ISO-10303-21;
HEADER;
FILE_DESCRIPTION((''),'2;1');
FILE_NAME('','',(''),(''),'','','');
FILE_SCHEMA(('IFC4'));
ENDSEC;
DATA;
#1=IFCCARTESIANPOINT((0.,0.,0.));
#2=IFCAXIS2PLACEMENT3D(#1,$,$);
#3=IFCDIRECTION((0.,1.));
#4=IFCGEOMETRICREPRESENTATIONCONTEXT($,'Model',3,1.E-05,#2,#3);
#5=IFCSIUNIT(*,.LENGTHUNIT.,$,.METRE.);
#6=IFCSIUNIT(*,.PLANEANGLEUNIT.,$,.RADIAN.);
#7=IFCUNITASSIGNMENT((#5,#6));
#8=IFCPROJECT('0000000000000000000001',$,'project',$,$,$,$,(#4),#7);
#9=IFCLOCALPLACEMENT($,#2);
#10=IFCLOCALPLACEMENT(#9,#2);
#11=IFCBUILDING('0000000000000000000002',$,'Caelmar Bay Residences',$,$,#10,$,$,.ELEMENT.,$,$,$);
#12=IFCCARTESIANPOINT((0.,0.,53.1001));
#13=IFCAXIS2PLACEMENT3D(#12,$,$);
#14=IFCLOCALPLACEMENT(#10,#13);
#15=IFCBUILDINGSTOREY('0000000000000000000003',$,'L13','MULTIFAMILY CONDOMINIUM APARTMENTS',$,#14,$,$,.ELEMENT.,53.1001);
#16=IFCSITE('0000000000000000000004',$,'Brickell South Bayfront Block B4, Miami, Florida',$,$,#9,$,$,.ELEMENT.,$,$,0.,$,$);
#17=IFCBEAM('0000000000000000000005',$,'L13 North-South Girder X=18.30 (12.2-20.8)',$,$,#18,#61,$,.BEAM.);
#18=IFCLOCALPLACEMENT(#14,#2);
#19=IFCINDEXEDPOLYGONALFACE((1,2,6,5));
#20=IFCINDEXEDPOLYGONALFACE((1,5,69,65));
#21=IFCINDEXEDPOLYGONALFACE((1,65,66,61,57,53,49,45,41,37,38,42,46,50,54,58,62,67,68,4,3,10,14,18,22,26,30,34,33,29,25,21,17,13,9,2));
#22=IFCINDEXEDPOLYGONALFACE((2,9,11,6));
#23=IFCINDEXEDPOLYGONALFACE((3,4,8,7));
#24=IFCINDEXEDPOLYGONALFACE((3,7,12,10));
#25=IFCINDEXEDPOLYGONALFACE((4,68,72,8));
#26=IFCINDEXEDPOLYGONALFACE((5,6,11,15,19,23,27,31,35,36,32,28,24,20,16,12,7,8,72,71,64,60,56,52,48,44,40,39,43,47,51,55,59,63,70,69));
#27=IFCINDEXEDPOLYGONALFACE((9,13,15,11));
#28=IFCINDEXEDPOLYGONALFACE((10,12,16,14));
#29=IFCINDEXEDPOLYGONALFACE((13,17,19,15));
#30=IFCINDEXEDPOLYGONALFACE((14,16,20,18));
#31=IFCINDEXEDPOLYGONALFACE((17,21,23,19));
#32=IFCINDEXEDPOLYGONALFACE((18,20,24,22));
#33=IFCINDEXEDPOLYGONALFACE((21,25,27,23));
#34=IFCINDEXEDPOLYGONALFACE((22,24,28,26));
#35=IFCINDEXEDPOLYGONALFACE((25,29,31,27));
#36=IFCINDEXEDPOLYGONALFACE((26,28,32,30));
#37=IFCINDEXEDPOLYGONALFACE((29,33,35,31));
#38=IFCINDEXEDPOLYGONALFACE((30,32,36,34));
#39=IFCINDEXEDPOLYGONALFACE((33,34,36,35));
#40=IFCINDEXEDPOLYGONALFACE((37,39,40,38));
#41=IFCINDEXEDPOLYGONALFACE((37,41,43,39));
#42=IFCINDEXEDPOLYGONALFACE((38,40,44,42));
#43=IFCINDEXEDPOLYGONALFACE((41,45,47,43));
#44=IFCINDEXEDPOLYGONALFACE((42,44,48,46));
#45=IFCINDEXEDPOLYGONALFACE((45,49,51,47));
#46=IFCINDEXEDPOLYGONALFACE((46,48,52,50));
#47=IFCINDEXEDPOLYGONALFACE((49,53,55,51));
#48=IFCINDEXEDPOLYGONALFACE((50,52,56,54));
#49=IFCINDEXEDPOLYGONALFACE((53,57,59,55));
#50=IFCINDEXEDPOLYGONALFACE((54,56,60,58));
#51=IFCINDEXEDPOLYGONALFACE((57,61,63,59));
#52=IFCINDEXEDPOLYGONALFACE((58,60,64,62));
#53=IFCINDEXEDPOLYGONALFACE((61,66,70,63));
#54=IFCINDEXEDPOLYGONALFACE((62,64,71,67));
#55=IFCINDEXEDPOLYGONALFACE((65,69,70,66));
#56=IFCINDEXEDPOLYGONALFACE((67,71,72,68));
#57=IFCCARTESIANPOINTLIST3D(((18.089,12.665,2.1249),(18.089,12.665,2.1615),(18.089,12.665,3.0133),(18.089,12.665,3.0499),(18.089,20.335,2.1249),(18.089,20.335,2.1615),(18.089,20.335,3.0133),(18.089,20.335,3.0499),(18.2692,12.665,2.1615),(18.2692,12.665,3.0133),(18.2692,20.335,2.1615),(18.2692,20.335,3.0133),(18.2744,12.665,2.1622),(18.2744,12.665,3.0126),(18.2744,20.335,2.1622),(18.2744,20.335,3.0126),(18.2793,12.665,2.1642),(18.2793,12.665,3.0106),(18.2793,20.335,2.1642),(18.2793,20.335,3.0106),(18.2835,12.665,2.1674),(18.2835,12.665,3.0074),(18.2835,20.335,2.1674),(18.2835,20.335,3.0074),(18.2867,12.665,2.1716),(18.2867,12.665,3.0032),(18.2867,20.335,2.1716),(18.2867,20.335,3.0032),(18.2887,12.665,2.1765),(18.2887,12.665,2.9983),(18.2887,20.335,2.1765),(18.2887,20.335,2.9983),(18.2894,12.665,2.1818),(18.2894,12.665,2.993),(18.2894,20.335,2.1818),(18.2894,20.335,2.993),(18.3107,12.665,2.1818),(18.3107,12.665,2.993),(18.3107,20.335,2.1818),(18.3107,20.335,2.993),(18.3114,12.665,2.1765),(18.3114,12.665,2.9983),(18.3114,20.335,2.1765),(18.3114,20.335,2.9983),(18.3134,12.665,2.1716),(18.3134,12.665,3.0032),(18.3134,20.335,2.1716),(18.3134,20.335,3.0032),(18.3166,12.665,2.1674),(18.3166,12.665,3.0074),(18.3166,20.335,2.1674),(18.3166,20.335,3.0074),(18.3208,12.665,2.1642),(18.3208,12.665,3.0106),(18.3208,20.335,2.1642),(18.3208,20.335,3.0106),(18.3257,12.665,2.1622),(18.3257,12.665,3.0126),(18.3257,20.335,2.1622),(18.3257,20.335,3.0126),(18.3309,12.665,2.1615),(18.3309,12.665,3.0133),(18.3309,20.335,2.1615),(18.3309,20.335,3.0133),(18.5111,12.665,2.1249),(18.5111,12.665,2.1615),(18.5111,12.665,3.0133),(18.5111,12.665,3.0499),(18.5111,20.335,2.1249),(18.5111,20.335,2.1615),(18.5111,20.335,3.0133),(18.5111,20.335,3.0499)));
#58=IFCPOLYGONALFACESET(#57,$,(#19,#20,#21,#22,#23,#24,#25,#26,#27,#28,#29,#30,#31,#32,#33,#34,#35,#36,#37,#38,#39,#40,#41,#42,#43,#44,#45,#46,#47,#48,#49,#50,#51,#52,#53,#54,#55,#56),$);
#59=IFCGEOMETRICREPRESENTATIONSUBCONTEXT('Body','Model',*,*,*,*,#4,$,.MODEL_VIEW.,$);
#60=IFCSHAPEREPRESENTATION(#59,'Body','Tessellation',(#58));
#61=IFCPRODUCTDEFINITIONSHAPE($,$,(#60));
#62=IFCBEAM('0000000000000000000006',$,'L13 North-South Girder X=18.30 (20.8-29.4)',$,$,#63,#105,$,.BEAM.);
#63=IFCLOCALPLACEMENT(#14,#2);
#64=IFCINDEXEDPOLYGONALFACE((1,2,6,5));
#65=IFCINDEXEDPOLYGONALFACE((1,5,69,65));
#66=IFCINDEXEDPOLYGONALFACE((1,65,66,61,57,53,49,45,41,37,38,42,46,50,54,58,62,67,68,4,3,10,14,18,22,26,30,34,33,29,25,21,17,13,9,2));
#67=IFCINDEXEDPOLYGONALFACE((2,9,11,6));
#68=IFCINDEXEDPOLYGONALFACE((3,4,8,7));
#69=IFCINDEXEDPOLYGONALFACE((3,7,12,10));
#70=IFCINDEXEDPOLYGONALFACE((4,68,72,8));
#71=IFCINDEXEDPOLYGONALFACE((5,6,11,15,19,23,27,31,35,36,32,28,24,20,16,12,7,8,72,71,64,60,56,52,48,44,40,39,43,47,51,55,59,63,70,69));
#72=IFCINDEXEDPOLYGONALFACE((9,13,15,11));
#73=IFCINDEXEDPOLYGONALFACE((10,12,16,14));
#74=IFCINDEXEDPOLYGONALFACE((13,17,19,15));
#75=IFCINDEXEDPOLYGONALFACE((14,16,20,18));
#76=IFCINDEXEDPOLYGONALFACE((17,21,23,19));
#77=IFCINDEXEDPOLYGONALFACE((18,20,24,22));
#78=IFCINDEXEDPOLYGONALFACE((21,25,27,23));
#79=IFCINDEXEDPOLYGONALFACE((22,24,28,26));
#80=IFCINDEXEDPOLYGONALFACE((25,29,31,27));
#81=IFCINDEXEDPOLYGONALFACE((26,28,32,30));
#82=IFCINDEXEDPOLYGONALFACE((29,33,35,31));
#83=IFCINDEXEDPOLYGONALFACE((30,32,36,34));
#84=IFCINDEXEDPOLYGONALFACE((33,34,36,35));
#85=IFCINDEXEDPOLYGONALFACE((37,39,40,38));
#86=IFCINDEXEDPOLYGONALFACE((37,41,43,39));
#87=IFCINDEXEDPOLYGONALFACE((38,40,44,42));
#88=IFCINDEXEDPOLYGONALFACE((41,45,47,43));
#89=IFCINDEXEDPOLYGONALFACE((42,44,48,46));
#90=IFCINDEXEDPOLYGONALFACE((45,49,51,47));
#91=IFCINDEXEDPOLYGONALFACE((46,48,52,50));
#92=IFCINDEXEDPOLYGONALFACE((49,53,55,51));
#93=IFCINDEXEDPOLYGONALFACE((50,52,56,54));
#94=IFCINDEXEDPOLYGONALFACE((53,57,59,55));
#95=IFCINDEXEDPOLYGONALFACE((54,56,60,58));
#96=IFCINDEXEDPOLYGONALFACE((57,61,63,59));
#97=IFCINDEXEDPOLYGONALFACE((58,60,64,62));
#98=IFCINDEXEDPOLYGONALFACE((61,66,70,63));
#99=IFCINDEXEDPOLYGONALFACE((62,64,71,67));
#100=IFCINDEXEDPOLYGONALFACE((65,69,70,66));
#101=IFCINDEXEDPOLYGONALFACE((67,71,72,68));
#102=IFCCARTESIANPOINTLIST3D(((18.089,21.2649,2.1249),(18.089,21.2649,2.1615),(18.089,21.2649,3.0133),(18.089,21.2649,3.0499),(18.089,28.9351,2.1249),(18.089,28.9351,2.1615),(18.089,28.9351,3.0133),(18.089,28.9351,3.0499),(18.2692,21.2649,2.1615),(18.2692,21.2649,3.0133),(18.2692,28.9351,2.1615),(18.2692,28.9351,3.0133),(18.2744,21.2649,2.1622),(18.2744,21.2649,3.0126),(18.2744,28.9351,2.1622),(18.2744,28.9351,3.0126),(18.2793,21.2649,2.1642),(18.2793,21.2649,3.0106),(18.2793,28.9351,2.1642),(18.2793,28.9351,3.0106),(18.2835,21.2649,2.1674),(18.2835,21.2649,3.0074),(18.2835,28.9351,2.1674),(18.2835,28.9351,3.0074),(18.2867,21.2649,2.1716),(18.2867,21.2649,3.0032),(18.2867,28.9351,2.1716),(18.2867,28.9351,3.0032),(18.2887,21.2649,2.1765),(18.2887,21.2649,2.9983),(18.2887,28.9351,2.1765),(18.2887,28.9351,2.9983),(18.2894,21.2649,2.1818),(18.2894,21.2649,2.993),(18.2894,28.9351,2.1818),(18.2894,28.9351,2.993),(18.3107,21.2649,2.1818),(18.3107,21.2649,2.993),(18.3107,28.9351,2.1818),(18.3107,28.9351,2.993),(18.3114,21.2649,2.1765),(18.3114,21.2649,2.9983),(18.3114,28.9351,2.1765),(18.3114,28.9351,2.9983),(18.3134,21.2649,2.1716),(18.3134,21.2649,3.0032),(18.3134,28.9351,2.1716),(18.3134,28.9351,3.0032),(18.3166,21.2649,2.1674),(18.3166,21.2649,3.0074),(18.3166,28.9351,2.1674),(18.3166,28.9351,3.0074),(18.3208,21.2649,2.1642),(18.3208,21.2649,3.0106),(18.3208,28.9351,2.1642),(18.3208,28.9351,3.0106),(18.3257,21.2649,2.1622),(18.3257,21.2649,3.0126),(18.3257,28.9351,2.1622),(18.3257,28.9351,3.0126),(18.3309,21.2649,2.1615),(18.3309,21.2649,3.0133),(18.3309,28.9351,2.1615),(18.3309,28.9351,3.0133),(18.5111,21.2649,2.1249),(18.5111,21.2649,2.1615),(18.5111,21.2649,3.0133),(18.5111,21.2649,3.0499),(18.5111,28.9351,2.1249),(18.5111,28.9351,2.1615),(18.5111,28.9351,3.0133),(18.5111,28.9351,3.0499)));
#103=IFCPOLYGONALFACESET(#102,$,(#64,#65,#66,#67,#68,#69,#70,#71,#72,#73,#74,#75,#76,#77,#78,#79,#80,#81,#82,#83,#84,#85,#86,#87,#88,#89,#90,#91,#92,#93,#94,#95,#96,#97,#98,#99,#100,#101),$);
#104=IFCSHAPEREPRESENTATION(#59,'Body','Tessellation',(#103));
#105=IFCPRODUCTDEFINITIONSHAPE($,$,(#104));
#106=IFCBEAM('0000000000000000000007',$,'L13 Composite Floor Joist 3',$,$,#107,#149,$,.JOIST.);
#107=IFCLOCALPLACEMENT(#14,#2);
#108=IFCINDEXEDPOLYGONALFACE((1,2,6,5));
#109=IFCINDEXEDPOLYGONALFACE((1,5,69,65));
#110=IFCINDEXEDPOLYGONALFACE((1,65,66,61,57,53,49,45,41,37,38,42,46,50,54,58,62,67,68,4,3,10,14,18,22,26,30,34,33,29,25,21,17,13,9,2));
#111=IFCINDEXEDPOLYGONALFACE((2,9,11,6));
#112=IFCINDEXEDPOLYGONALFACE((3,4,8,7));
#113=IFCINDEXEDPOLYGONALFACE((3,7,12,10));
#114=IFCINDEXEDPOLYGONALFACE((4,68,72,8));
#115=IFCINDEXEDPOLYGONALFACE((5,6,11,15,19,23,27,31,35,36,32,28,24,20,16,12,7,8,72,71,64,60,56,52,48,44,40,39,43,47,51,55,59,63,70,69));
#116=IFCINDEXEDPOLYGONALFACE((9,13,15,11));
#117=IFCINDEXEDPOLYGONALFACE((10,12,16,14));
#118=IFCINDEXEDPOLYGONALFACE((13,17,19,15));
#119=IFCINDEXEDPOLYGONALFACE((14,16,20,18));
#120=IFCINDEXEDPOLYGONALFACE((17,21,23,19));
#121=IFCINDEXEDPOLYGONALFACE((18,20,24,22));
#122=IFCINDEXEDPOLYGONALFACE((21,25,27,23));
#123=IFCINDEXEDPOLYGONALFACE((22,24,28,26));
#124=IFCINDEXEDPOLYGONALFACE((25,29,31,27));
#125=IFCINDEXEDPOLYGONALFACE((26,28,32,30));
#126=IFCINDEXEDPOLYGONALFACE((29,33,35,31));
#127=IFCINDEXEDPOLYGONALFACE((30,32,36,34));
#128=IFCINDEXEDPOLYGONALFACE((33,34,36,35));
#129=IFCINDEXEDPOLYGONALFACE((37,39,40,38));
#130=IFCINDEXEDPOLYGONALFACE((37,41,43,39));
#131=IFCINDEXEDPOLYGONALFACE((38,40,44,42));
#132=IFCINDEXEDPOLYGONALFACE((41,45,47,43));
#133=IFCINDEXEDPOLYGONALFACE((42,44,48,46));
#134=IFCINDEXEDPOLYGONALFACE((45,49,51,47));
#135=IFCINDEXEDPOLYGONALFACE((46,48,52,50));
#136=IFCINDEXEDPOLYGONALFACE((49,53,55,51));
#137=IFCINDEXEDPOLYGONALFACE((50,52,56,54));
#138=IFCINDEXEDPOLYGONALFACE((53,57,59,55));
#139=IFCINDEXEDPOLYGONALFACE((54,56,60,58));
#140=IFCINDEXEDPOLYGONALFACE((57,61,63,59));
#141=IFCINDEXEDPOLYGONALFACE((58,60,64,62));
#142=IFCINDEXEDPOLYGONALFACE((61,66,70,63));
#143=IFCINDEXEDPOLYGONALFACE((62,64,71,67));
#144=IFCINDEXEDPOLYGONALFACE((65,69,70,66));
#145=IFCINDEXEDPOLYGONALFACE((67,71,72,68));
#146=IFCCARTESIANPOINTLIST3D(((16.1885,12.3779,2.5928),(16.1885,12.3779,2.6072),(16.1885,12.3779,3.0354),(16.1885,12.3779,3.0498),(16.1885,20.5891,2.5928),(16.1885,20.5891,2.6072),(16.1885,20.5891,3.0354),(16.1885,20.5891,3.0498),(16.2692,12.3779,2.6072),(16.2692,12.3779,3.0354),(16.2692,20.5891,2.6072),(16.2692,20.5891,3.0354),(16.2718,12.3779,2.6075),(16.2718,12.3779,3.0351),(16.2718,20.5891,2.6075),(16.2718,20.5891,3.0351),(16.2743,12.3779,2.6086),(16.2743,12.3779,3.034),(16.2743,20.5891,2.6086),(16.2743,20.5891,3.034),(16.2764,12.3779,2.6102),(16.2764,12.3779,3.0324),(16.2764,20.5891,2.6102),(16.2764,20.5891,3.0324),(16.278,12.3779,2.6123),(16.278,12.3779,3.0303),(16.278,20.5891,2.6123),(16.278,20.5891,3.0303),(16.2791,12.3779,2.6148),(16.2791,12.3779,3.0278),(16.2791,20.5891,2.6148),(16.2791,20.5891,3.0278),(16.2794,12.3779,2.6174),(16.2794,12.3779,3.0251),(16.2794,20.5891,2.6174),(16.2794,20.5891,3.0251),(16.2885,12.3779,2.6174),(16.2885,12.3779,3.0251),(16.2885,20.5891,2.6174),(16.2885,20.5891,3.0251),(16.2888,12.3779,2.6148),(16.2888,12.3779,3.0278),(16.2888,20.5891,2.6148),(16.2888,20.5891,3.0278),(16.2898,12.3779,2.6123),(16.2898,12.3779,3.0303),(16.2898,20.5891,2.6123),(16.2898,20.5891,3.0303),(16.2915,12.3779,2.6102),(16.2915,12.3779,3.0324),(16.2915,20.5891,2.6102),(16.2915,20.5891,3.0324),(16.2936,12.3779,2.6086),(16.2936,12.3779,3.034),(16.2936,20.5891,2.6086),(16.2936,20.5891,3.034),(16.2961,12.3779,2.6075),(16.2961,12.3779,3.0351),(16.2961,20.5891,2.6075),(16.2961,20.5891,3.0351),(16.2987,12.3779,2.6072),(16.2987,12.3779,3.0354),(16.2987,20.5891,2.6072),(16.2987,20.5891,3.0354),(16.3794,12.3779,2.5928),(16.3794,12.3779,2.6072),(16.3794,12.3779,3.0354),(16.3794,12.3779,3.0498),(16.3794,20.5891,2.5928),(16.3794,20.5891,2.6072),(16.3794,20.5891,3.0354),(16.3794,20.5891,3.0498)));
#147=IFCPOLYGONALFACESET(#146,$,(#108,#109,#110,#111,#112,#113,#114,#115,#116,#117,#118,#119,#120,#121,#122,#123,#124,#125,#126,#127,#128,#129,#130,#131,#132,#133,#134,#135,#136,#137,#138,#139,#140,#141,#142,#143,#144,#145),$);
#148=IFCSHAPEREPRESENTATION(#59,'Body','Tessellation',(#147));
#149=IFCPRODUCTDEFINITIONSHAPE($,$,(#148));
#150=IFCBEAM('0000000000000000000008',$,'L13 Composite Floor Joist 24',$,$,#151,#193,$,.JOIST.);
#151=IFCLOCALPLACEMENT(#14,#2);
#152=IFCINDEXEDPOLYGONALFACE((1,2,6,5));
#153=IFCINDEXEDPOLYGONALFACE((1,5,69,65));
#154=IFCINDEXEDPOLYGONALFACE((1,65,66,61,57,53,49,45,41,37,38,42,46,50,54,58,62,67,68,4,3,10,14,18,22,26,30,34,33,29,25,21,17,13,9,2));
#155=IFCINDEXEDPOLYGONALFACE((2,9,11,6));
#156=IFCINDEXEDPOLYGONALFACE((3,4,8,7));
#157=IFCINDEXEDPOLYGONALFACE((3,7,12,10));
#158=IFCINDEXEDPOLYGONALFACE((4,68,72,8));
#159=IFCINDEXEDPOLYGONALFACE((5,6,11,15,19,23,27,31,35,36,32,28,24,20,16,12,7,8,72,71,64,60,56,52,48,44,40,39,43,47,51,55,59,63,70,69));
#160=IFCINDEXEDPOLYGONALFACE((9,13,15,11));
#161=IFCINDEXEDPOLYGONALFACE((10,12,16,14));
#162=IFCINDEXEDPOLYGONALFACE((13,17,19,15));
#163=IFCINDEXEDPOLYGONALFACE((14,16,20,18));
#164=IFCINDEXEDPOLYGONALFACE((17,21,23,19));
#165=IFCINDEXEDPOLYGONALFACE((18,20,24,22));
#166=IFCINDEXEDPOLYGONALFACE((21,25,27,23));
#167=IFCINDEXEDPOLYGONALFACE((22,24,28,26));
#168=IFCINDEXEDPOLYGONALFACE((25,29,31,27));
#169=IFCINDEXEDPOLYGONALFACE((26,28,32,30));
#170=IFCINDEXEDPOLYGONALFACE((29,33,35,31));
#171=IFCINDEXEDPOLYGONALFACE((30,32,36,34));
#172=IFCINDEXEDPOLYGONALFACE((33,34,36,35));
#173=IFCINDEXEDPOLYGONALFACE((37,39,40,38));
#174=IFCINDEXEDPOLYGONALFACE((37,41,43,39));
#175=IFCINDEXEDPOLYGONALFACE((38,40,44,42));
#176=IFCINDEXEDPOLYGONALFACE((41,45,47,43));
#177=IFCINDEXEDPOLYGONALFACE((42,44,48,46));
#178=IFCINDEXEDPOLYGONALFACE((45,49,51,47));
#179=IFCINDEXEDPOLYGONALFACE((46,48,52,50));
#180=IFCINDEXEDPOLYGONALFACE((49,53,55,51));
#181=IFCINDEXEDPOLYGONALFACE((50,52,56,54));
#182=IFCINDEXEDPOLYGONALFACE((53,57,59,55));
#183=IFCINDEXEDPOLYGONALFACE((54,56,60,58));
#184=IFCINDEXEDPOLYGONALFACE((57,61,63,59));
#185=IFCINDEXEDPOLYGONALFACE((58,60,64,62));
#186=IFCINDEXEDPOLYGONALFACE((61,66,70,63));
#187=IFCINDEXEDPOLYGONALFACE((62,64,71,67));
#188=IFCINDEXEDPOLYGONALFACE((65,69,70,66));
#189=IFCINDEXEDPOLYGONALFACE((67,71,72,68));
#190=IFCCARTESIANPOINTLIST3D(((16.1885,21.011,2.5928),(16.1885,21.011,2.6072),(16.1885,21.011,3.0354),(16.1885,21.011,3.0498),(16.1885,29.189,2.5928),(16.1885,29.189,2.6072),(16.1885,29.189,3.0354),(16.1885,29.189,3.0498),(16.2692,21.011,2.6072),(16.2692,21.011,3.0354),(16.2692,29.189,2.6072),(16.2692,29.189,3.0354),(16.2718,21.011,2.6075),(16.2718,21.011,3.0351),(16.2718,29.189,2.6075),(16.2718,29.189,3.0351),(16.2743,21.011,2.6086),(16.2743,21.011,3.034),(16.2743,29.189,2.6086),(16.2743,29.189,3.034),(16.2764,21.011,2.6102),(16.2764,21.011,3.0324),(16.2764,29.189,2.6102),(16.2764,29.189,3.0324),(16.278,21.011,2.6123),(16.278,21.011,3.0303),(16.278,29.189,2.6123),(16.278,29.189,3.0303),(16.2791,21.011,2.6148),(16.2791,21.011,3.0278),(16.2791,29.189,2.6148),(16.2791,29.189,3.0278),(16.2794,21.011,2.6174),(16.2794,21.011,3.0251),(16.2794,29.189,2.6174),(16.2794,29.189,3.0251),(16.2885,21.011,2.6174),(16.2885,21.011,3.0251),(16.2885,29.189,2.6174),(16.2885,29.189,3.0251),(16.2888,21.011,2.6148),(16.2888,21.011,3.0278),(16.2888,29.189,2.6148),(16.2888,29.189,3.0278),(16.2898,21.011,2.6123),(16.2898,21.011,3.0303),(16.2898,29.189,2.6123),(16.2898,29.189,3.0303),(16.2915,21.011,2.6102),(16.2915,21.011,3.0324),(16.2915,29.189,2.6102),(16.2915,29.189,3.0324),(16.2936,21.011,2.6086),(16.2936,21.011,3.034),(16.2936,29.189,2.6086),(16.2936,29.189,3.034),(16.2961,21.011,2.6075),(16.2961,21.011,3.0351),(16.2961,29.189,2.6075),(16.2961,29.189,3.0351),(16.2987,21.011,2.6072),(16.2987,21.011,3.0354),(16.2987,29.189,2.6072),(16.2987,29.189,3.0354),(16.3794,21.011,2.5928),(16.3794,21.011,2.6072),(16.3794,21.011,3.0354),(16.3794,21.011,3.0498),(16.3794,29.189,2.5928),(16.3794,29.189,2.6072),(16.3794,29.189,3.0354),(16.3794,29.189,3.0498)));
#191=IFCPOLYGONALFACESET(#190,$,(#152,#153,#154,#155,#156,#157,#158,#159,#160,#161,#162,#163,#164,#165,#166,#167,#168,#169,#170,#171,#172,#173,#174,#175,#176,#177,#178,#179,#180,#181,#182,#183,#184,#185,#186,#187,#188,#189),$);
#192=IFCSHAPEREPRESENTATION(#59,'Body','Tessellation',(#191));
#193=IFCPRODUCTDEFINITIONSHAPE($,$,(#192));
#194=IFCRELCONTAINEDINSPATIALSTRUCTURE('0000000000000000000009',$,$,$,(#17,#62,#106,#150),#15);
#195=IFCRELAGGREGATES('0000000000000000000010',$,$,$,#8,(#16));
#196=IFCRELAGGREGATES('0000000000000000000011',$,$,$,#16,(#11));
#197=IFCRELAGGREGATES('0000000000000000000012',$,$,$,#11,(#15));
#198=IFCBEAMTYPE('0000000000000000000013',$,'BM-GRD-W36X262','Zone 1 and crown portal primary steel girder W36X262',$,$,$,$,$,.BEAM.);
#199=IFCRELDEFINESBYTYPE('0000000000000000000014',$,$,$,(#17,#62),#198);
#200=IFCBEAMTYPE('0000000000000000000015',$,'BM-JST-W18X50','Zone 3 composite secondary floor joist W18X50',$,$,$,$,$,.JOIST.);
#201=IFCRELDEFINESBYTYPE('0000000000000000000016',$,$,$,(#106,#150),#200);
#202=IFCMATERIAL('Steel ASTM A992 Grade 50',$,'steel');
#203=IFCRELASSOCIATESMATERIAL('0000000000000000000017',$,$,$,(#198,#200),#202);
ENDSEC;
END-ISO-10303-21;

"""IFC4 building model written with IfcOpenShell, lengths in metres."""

from ifc_helpers import new_model, si_unit, direction, frame, origin, origin_2d, place, context, subcontext, project, spatial, i_section, extrude, material, material_profile, profile_set, type_object, element, save


model = new_model("IFC4")

# Units and contexts
model_context = context("Model", 3, precision=1e-05, world=origin(), true_north=direction((0.0, 1.0)))
body_context = subcontext(model_context, "Body", "Model", "MODEL_VIEW")
ifc_project = project(units=[si_unit("LENGTHUNIT", "METRE"), si_unit("PLANEANGLEUNIT", "RADIAN")], contexts=[model_context])

# Site, building, storey
site_placement = place(None, origin())
site = spatial("IfcSite", under=ifc_project, at=site_placement, Name="Brickell South Bayfront Block B4, Miami, Florida", CompositionType="ELEMENT", RefElevation=0.0)
building_placement = place(site_placement, origin())
building = spatial("IfcBuilding", under=site, at=building_placement, Name="Caelmar Bay Residences", CompositionType="ELEMENT")
storey_placement = place(building_placement, frame((0.0, 0.0, 53.1001)))
storey = spatial("IfcBuildingStorey", under=building, at=storey_placement, Name="L13", Description="MULTIFAMILY CONDOMINIUM APARTMENTS", CompositionType="ELEMENT", Elevation=53.1001)

# Beams
ifc_material_1 = material(Name="Steel ASTM A992 Grade 50", Category="steel")
ifc_material_profile_1 = material_profile(ifc_material_1, i_section(OverallWidth=0.4221, OverallDepth=0.925, WebThickness=0.0212, FlangeThickness=0.0366, FilletRadius=0.0203, at=origin_2d()), Name="W36X262")
ifc_profile_set_1 = profile_set([ifc_material_profile_1], Name="Steel ASTM A992 Grade 50")
beam_type_1 = type_object("IfcBeamType", Name="BM-GRD-W36X262", Description="Zone 1 and crown portal primary steel girder W36X262", PredefinedType="BEAM", material=ifc_profile_set_1)
beam_1_placement = place(storey_placement, frame((18.3, 12.665, 2.5874), z_axis=(0.0, 1.0, 0.0), x_axis=(-1.0, 0.0, 0.0)))
element("IfcBeam", 1, at=beam_1_placement, inside=storey, type_object=beam_type_1, Name="L13 North-South Girder X=18.30 (12.2-20.8)", PredefinedType="BEAM", context=body_context, shape_type="SweptSolid", body=[
    extrude(i_section(OverallWidth=0.4221, OverallDepth=0.925, WebThickness=0.0212, FlangeThickness=0.0366, FilletRadius=0.0203, at=origin_2d()), origin(), (0.0, 0.0, 1.0), 7.6699),
])
beam_2_placement = place(storey_placement, frame((18.3, 21.2649, 2.5874), z_axis=(0.0, 1.0, 0.0), x_axis=(-1.0, 0.0, 0.0)))
element("IfcBeam", 2, at=beam_2_placement, inside=storey, type_object=beam_type_1, Name="L13 North-South Girder X=18.30 (20.8-29.4)", PredefinedType="BEAM", context=body_context, shape_type="SweptSolid", body=[
    extrude(i_section(OverallWidth=0.4221, OverallDepth=0.925, WebThickness=0.0212, FlangeThickness=0.0366, FilletRadius=0.0203, at=origin_2d()), origin(), (0.0, 0.0, 1.0), 7.6702),
])
ifc_material_profile_2 = material_profile(ifc_material_1, i_section(OverallWidth=0.1909, OverallDepth=0.457, WebThickness=0.009, FlangeThickness=0.0144, FilletRadius=0.0103, at=origin_2d()), Name="W18X50")
ifc_profile_set_2 = profile_set([ifc_material_profile_2], Name="Steel ASTM A992 Grade 50")
beam_type_2 = type_object("IfcBeamType", Name="BM-JST-W18X50", Description="Zone 3 composite secondary floor joist W18X50", PredefinedType="JOIST", material=ifc_profile_set_2)
beam_3_placement = place(storey_placement, frame((16.2839, 12.3779, 2.8213), z_axis=(0.0, 1.0, 0.0), x_axis=(-1.0, 0.0, 0.0)))
element("IfcBeam", 3, at=beam_3_placement, inside=storey, type_object=beam_type_2, Name="L13 Composite Floor Joist 3", PredefinedType="JOIST", context=body_context, shape_type="SweptSolid", body=[
    extrude(i_section(OverallWidth=0.1909, OverallDepth=0.457, WebThickness=0.009, FlangeThickness=0.0144, FilletRadius=0.0103, at=origin_2d()), origin(), (0.0, 0.0, 1.0), 8.2112),
])
beam_4_placement = place(storey_placement, frame((16.2839, 21.011, 2.8213), z_axis=(0.0, 1.0, 0.0), x_axis=(-1.0, 0.0, 0.0)))
element("IfcBeam", 4, at=beam_4_placement, inside=storey, type_object=beam_type_2, Name="L13 Composite Floor Joist 24", PredefinedType="JOIST", context=body_context, shape_type="SweptSolid", body=[
    extrude(i_section(OverallWidth=0.1909, OverallDepth=0.457, WebThickness=0.009, FlangeThickness=0.0144, FilletRadius=0.0103, at=origin_2d()), origin(), (0.0, 0.0, 1.0), 8.178),
])

save(model, "model.ifc")
